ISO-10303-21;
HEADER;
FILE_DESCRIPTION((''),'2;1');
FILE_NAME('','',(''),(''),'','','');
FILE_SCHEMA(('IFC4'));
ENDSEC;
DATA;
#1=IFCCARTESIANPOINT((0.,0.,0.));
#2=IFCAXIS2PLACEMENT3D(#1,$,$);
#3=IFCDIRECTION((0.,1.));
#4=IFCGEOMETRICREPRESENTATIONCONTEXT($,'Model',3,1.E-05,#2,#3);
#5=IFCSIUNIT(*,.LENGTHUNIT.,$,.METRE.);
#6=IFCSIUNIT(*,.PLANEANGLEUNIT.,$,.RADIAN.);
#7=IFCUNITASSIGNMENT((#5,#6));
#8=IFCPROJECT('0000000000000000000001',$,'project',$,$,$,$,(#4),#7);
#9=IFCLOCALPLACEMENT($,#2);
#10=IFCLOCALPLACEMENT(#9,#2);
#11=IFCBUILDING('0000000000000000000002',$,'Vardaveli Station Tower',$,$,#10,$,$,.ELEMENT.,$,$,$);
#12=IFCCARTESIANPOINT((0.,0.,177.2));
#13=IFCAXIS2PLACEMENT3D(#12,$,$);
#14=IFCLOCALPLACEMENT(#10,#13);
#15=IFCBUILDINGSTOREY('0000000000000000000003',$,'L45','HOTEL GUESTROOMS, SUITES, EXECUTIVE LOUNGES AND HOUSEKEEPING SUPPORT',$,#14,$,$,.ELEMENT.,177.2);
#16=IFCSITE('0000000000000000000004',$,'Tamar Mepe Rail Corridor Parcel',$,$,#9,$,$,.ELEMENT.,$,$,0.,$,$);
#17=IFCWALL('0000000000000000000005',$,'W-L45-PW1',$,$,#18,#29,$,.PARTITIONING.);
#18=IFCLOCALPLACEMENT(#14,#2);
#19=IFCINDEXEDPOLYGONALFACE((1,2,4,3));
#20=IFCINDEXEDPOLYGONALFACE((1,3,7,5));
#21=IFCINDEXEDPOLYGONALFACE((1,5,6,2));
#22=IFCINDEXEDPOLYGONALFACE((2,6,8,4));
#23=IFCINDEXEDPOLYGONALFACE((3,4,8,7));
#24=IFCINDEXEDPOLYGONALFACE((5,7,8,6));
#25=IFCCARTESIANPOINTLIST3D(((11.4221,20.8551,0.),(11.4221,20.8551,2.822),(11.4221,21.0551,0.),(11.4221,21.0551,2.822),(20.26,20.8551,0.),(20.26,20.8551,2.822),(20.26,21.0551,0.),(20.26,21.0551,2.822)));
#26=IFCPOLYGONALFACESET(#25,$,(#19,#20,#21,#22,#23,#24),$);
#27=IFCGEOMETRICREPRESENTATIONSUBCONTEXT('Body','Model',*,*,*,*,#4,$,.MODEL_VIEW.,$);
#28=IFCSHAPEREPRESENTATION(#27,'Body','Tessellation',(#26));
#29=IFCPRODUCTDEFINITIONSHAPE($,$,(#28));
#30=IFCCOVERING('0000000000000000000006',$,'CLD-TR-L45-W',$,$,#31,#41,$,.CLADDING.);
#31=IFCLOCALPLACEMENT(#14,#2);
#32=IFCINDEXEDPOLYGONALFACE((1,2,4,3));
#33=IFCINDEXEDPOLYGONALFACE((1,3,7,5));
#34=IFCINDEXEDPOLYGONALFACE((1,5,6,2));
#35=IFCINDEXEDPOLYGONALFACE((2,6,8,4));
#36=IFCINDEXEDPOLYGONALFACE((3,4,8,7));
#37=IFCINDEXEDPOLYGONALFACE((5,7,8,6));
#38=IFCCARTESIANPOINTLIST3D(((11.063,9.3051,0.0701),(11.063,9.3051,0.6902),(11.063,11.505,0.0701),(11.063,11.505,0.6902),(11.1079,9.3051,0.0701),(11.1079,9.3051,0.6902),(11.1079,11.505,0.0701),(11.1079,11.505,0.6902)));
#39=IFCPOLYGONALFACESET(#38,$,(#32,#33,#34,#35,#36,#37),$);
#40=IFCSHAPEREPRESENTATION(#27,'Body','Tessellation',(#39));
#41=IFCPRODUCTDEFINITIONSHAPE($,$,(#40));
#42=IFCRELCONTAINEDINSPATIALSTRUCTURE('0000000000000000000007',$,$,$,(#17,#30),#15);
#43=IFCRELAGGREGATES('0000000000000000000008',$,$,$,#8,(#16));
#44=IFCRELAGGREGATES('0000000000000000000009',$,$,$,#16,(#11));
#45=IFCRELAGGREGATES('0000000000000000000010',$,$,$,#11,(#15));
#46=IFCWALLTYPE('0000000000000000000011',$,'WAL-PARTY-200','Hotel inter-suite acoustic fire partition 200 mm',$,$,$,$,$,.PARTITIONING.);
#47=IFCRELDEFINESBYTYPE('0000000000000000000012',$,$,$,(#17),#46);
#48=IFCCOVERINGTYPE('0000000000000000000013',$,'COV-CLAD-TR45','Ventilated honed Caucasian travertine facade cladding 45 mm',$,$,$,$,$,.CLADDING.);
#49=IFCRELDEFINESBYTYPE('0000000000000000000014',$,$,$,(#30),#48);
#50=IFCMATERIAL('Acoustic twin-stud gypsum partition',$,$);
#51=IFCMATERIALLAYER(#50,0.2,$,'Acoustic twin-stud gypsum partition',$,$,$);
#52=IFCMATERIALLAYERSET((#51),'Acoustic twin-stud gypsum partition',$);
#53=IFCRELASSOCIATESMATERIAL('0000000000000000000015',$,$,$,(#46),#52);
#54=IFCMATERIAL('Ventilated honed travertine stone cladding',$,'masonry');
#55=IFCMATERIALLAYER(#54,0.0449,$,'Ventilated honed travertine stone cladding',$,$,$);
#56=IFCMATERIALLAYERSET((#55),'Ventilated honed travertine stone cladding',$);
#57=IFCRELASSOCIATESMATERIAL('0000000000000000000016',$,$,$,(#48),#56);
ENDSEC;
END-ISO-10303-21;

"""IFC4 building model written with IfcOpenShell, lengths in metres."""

from ifc_helpers import new_model, si_unit, direction, frame, frame_2d, origin, origin_2d, place, context, subcontext, project, spatial, rectangle, extrude, source, transform, mapped, material, layer, layer_set, type_object, element, save


model = new_model("IFC4")

# Units and contexts
model_context = context("Model", 3, precision=1e-05, world=origin(), true_north=direction((0.0, 1.0)))
body_context = subcontext(model_context, "Body", "Model", "MODEL_VIEW")
ifc_project = project(units=[si_unit("LENGTHUNIT", "METRE"), si_unit("PLANEANGLEUNIT", "RADIAN")], contexts=[model_context])

# Site, building, storey
site_placement = place(None, origin())
site = spatial("IfcSite", under=ifc_project, at=site_placement, Name="Tamar Mepe Rail Corridor Parcel", CompositionType="ELEMENT", RefElevation=0.0)
building_placement = place(site_placement, origin())
building = spatial("IfcBuilding", under=site, at=building_placement, Name="Vardaveli Station Tower", CompositionType="ELEMENT")
storey_placement = place(building_placement, frame((0.0, 0.0, 177.2)))
storey = spatial("IfcBuildingStorey", under=building, at=storey_placement, Name="L45", Description="HOTEL GUESTROOMS, SUITES, EXECUTIVE LOUNGES AND HOUSEKEEPING SUPPORT", CompositionType="ELEMENT", Elevation=177.2)

# Wall
ifc_material_1 = material(Name="Acoustic twin-stud gypsum partition")
ifc_layer_1 = layer(ifc_material_1, 0.2, Name="Acoustic twin-stud gypsum partition")
ifc_layer_set_1 = layer_set([ifc_layer_1], Name="Acoustic twin-stud gypsum partition")
wall_type_1 = type_object("IfcWallType", Name="WAL-PARTY-200", Description="Hotel inter-suite acoustic fire partition 200 mm", PredefinedType="PARTITIONING", material=ifc_layer_set_1)
shared_shape_1 = source(origin(), body_context, "Body", "SweptSolid", [
    extrude(rectangle(XDim=8.8379, YDim=0.2, at=frame_2d((4.4189, 0.0))), origin(), (0.0, 0.0, 1.0), 2.822),
])
wall_1_placement = place(storey_placement, frame((11.4221, 20.9551, 0.0), z_axis=(0.0, 0.0, 1.0), x_axis=(1.0, 0.0, 0.0)))
element("IfcWall", 1, at=wall_1_placement, inside=storey, type_object=wall_type_1, Name="W-L45-PW1", PredefinedType="PARTITIONING", context=body_context, shape_type="MappedRepresentation", body=[
    mapped(shared_shape_1, transform((0.0, 0.0, 0.0), scale=1.0)),
])

# Covering
ifc_material_2 = material(Name="Ventilated honed travertine stone cladding", Category="masonry")
ifc_layer_2 = layer(ifc_material_2, 0.0449, Name="Ventilated honed travertine stone cladding")
ifc_layer_set_2 = layer_set([ifc_layer_2], Name="Ventilated honed travertine stone cladding")
covering_type = type_object("IfcCoveringType", Name="COV-CLAD-TR45", Description="Ventilated honed Caucasian travertine facade cladding 45 mm", PredefinedType="CLADDING", material=ifc_layer_set_2)
shared_shape_2 = source(origin(), body_context, "Body", "SweptSolid", [
    extrude(rectangle(XDim=2.2, YDim=0.0449, at=origin_2d()), origin(), (0.0, 0.0, 1.0), 0.6201),
])
covering_placement = place(storey_placement, frame((11.0854, 10.405, 0.0701), z_axis=(0.0, 0.0, 1.0), x_axis=(0.0, 1.0, 0.0)))
element("IfcCovering", 2, at=covering_placement, inside=storey, type_object=covering_type, Name="CLD-TR-L45-W", PredefinedType="CLADDING", context=body_context, shape_type="MappedRepresentation", body=[
    mapped(shared_shape_2, transform((0.0, 0.0, 0.0), scale=1.0)),
])

save(model, "model.ifc")
